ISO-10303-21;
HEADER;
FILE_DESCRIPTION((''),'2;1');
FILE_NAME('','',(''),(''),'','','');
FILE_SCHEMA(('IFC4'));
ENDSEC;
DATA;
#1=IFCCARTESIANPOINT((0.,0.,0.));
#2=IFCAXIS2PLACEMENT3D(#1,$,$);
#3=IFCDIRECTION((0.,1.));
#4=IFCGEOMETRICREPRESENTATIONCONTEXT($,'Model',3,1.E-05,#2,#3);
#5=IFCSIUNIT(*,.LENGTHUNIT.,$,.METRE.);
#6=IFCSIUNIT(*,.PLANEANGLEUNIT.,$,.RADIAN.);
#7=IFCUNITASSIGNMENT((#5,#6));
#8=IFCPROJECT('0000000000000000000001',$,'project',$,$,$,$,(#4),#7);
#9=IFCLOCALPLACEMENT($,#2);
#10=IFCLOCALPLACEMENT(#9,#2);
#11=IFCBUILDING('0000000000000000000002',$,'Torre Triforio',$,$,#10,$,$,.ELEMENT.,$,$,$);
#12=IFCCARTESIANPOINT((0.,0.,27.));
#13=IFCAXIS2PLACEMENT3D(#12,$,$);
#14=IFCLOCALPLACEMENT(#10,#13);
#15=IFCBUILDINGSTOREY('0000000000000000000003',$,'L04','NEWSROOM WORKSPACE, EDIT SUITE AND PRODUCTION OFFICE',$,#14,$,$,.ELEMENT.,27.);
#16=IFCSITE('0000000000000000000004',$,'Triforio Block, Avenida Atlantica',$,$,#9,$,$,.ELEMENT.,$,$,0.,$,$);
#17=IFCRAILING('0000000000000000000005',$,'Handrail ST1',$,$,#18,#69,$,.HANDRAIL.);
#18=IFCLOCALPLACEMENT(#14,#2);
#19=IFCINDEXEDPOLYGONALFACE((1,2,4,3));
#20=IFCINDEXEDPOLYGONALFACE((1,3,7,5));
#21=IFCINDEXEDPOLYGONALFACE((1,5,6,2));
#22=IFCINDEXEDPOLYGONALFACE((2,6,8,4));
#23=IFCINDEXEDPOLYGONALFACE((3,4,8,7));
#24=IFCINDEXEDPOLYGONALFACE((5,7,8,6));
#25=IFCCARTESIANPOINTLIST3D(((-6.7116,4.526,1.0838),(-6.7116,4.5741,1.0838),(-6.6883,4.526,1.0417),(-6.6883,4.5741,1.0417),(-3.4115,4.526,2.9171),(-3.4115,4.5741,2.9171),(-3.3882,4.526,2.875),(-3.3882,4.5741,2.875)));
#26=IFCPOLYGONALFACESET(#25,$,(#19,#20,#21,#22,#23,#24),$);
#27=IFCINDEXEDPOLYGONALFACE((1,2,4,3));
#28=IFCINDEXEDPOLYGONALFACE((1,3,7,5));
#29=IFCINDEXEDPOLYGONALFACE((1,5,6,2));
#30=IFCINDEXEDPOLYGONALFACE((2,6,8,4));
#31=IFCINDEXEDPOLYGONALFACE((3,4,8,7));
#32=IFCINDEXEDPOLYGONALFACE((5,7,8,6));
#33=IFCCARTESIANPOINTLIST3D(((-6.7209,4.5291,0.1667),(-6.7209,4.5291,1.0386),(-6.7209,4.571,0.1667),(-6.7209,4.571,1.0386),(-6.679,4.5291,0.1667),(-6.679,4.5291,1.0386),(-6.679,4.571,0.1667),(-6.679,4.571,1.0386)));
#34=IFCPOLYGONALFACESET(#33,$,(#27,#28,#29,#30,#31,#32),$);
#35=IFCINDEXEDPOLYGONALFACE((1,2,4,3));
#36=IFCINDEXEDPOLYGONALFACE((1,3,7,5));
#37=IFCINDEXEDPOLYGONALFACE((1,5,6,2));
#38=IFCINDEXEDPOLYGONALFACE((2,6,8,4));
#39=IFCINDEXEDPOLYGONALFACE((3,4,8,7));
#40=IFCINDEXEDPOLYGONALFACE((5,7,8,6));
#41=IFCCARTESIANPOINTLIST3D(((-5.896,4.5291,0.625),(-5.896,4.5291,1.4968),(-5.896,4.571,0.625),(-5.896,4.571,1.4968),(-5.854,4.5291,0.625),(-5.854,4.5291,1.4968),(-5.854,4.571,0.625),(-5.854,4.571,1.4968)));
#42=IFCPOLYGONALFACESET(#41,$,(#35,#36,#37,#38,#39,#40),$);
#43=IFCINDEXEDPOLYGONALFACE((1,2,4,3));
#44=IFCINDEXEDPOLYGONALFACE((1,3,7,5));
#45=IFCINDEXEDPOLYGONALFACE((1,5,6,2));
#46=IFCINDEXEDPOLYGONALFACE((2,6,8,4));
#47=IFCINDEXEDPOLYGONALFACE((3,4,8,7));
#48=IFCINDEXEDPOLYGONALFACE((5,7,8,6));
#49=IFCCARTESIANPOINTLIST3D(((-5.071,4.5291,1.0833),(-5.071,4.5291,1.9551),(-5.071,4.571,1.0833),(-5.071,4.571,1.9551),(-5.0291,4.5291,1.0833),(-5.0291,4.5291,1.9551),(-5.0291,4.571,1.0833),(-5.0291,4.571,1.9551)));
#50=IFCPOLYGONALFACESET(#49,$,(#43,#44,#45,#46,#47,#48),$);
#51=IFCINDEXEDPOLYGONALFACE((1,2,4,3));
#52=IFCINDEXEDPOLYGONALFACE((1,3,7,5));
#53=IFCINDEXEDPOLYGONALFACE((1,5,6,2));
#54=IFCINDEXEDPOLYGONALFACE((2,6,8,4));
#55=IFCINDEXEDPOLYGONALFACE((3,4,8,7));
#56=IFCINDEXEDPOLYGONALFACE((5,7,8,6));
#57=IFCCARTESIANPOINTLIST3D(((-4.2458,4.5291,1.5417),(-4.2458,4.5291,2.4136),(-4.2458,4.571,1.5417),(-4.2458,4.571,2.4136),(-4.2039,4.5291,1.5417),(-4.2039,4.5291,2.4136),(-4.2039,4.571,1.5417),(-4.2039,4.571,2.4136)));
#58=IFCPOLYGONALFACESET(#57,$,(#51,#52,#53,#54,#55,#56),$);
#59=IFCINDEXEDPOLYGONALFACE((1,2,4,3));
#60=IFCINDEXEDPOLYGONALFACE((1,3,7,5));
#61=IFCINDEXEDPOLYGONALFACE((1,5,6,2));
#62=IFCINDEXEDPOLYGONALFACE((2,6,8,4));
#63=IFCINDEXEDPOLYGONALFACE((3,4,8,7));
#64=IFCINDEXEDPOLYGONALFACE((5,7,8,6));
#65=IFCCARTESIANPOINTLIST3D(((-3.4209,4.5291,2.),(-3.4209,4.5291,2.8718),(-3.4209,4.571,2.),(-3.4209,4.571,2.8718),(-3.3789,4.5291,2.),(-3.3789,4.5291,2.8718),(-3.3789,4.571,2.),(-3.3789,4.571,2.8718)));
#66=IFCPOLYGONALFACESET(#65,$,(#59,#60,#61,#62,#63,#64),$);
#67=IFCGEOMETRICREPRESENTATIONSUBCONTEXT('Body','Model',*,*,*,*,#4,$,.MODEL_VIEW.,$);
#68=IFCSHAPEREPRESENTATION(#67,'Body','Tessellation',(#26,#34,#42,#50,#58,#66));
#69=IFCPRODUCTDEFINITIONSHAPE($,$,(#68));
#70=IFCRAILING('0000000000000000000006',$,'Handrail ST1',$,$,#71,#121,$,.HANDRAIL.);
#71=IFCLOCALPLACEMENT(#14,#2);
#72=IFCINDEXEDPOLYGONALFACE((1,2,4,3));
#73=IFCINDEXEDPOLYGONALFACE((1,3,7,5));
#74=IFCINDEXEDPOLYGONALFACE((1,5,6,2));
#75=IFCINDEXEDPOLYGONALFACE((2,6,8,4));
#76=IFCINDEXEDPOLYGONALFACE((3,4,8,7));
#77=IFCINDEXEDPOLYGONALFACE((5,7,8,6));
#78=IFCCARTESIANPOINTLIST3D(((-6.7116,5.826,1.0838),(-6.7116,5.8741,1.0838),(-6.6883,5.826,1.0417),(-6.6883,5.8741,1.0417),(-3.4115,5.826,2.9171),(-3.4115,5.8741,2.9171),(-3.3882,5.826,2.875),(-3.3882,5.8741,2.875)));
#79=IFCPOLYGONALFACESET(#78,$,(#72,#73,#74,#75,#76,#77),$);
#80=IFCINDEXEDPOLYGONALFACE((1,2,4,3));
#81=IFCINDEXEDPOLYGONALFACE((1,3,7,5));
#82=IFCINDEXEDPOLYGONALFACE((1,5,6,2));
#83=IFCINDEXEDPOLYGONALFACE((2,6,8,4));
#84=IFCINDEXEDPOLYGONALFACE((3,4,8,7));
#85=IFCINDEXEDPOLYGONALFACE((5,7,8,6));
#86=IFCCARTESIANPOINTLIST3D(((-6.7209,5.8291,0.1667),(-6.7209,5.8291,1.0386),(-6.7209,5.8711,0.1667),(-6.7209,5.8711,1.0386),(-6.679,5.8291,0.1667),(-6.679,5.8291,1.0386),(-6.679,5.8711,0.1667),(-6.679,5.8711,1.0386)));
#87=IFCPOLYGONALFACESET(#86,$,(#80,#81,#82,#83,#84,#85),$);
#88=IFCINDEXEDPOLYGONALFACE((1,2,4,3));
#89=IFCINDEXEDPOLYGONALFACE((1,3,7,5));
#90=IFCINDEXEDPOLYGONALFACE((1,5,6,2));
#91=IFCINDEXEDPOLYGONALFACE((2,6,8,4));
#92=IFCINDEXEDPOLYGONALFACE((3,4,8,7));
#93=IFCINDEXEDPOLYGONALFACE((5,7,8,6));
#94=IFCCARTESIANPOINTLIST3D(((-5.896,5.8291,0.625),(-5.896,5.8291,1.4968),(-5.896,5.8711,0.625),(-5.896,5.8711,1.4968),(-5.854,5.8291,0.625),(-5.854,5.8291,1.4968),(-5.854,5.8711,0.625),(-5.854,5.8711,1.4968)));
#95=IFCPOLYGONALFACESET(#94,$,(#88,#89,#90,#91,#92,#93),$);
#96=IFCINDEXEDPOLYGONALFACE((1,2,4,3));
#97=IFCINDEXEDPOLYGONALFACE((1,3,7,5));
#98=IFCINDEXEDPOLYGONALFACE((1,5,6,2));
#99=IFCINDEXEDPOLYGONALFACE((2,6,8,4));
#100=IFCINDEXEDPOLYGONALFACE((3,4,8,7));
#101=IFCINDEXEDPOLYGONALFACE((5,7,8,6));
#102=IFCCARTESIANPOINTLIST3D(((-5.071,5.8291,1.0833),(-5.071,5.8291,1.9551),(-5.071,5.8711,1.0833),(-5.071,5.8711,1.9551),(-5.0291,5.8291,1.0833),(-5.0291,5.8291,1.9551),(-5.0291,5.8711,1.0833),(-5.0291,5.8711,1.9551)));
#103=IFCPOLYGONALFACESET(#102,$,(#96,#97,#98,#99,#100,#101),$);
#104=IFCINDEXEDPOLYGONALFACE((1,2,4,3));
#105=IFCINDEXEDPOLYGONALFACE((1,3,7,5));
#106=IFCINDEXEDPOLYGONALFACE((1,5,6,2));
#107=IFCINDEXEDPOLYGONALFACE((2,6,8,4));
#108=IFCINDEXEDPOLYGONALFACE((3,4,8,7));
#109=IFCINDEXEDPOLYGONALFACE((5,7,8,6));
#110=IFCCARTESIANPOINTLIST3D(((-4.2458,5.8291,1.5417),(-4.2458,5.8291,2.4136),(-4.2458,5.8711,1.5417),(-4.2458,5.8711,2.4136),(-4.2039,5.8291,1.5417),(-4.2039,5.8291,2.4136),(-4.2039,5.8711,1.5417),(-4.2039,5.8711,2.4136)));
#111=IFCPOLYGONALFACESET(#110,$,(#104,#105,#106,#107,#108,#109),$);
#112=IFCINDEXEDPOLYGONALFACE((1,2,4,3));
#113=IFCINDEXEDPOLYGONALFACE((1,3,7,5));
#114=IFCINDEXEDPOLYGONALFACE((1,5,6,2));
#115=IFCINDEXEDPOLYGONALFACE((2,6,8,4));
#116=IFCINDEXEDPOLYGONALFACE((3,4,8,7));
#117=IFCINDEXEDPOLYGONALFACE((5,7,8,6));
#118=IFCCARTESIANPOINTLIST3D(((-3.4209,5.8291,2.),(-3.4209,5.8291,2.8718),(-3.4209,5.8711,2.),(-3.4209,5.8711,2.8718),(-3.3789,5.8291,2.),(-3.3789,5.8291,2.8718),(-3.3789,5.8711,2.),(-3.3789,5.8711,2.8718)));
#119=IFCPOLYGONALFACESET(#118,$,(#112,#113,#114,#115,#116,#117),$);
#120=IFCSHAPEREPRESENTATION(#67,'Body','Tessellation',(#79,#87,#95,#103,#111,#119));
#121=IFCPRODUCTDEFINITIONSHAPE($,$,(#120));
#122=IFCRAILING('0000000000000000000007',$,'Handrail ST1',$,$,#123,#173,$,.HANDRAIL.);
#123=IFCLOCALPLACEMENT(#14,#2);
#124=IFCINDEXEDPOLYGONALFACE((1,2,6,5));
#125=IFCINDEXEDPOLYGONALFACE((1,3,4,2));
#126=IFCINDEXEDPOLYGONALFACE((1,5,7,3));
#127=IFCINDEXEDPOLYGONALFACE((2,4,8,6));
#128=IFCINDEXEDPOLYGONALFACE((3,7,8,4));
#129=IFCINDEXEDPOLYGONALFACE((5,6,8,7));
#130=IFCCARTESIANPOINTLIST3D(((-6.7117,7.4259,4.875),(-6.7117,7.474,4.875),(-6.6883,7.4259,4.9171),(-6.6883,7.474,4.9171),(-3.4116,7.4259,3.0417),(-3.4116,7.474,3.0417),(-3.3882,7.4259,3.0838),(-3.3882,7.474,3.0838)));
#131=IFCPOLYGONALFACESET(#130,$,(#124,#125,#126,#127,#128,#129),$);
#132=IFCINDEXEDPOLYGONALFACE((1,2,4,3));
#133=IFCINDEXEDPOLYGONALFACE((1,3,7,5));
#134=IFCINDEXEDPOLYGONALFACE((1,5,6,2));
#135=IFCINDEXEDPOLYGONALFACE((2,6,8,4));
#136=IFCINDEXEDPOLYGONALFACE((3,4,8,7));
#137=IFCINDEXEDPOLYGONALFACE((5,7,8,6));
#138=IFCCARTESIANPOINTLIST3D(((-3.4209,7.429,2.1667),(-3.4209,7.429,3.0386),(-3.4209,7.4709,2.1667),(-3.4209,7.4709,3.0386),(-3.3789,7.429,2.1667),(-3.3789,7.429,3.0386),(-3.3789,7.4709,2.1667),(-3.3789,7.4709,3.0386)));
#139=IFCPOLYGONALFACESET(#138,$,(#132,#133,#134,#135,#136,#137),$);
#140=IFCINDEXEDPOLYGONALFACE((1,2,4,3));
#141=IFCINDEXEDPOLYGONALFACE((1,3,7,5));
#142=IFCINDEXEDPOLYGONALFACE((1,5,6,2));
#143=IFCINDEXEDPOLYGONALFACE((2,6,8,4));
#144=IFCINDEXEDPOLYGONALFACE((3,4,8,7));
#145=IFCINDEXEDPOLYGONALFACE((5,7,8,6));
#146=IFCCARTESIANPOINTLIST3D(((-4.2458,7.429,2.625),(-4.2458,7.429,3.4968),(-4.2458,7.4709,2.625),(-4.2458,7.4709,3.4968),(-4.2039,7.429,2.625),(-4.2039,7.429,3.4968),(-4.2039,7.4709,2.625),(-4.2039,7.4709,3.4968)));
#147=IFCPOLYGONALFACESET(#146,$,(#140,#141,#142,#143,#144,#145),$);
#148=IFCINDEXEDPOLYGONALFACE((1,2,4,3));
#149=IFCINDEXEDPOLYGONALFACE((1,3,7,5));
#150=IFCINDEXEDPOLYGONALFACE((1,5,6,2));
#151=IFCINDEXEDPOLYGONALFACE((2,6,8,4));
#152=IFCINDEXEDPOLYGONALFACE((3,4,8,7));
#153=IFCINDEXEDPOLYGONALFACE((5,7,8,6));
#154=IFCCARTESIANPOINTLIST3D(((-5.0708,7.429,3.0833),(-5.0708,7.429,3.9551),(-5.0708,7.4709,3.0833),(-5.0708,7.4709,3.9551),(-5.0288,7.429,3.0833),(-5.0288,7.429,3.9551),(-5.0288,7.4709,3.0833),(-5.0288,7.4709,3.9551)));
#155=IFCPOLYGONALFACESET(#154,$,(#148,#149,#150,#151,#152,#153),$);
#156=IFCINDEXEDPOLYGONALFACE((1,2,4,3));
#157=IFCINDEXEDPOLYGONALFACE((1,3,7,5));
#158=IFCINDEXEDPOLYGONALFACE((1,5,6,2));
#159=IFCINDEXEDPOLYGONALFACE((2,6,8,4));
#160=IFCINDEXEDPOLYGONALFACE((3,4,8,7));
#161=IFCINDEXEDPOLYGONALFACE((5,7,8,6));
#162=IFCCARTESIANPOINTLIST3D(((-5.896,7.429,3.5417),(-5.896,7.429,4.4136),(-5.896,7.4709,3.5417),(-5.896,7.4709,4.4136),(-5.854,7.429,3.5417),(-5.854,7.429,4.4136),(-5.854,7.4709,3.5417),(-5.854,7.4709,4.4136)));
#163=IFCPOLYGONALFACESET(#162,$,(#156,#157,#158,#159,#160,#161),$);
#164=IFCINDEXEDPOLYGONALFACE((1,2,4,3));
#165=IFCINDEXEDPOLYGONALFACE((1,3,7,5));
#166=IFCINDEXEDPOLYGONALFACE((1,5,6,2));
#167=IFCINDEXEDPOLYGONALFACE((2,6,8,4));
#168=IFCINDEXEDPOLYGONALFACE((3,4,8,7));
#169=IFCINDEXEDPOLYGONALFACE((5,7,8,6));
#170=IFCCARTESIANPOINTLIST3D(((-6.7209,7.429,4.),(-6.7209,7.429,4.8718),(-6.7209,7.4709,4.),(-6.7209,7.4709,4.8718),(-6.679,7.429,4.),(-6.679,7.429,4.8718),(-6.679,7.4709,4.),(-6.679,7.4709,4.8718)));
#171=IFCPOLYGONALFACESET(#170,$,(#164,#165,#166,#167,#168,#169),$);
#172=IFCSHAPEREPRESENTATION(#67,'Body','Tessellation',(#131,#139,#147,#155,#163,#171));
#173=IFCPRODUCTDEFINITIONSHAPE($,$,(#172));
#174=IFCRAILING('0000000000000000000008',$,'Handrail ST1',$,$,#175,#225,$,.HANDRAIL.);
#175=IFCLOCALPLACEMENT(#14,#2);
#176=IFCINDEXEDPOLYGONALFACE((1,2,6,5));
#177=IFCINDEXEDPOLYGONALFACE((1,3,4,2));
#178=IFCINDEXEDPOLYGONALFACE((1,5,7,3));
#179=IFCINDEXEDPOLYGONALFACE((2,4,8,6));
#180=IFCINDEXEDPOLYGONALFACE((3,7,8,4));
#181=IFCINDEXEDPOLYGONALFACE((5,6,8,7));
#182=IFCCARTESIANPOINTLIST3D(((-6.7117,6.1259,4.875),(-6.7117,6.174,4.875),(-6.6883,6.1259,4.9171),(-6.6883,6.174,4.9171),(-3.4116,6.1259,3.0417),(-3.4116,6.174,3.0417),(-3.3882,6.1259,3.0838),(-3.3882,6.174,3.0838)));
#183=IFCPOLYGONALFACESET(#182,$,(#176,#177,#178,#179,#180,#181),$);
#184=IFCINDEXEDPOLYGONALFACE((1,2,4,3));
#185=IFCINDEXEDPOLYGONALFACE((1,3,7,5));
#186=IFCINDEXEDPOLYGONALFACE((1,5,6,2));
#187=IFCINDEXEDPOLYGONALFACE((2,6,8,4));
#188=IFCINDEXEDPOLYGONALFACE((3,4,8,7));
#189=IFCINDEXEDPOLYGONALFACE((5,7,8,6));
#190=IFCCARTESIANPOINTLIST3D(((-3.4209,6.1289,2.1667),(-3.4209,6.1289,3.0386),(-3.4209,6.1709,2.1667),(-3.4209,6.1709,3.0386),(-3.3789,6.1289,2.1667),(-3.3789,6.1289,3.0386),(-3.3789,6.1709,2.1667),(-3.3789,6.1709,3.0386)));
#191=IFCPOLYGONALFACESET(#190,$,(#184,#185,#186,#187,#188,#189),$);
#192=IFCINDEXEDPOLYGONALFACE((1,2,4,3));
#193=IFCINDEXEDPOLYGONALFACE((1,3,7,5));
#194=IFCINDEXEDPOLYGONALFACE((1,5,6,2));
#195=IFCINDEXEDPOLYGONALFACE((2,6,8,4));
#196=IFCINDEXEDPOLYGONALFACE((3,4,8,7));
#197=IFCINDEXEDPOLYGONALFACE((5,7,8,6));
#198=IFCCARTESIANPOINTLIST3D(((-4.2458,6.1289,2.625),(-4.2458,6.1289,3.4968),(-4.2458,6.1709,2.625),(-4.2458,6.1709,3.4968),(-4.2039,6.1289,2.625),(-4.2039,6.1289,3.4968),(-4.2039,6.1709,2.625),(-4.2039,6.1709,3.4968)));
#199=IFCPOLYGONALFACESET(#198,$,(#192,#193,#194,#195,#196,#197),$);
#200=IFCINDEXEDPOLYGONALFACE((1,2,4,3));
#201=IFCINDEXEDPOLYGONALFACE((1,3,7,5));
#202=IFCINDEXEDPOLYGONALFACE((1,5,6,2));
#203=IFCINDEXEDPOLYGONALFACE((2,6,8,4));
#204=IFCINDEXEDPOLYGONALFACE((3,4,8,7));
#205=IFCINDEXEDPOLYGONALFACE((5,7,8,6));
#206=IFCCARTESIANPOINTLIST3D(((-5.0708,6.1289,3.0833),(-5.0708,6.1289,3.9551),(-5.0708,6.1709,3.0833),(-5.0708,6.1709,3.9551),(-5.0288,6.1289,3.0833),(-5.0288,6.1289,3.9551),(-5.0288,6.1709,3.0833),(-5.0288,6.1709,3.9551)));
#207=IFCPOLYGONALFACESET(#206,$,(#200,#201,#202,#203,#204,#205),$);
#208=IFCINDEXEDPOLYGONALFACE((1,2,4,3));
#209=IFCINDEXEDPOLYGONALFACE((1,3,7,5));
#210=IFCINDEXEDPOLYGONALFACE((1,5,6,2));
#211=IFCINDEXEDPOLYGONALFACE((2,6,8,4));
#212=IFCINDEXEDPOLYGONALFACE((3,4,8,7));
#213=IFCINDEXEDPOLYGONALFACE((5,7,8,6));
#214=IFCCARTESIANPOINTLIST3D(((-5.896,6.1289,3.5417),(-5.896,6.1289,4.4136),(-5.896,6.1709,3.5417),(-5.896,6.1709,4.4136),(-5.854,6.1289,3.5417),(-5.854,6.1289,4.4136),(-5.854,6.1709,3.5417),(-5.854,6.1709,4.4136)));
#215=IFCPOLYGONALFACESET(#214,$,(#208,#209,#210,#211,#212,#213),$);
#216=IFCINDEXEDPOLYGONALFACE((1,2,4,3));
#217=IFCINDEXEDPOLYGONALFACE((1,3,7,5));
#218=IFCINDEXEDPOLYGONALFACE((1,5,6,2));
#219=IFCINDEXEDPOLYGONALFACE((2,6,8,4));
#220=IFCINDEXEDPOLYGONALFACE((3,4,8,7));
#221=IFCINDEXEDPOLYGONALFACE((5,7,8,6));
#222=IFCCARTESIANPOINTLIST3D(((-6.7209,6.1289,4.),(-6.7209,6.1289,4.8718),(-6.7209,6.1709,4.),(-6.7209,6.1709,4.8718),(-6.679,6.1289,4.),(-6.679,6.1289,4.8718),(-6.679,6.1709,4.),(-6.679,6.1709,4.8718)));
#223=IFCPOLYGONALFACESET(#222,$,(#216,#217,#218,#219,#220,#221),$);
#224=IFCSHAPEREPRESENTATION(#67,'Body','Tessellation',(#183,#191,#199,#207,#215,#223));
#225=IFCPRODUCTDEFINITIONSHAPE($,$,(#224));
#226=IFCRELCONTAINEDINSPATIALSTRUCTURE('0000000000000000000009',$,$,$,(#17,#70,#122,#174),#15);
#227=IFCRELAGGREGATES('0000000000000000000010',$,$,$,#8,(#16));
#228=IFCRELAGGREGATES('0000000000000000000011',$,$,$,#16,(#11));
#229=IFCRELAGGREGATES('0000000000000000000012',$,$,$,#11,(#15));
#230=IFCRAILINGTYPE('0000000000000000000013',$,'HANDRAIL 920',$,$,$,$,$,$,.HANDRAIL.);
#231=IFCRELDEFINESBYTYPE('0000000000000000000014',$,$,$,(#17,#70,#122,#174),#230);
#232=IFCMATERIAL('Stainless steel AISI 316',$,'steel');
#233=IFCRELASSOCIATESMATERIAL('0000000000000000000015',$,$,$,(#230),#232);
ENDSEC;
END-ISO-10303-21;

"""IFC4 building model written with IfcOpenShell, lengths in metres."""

from ifc_helpers import new_model, si_unit, direction, frame, origin, origin_2d, place, context, subcontext, project, spatial, rectangle, extrude, material, type_object, element, save


model = new_model("IFC4")

# Units and contexts
model_context = context("Model", 3, precision=1e-05, world=origin(), true_north=direction((0.0, 1.0)))
body_context = subcontext(model_context, "Body", "Model", "MODEL_VIEW")
ifc_project = project(units=[si_unit("LENGTHUNIT", "METRE"), si_unit("PLANEANGLEUNIT", "RADIAN")], contexts=[model_context])

# Site, building, storey
site_placement = place(None, origin())
site = spatial("IfcSite", under=ifc_project, at=site_placement, Name="Triforio Block, Avenida Atlantica", CompositionType="ELEMENT", RefElevation=0.0)
building_placement = place(site_placement, origin())
building = spatial("IfcBuilding", under=site, at=building_placement, Name="Torre Triforio", CompositionType="ELEMENT")
storey_placement = place(building_placement, frame((0.0, 0.0, 27.0)))
storey = spatial("IfcBuildingStorey", under=building, at=storey_placement, Name="L04", Description="NEWSROOM WORKSPACE, EDIT SUITE AND PRODUCTION OFFICE", CompositionType="ELEMENT", Elevation=27.0)

# Railings
ifc_material_1 = material(Name="Stainless steel AISI 316", Category="steel")
railing_type = type_object("IfcRailingType", Name="HANDRAIL 920", PredefinedType="HANDRAIL", material=ifc_material_1)
for number, where, name in (
    (1, (-6.7, 4.55, 0.1667), "Handrail ST1"),
    (2, (-6.7, 5.8501, 0.1667), "Handrail ST1"),
):
    element("IfcRailing", number, at=place(storey_placement, frame(where)), inside=storey, type_object=railing_type, Name=name, PredefinedType="HANDRAIL", context=body_context, shape_type="SweptSolid", body=[
        extrude(rectangle(XDim=0.0481, YDim=0.0481, at=origin_2d()), frame((0.0, 0.0, 0.896), z_axis=(0.874169, 0.0, 0.485621), x_axis=(0.0, 1.0, 0.0)), (0.0, 0.0, 1.0), 3.7751),
        extrude(rectangle(XDim=0.042, YDim=0.042, at=origin_2d()), origin(), (0.0, 0.0, 1.0), 0.8718),
        extrude(rectangle(XDim=0.042, YDim=0.042, at=origin_2d()), frame((0.825, 0.0, 0.4583)), (0.0, 0.0, 1.0), 0.8718),
        extrude(rectangle(XDim=0.042, YDim=0.042, at=origin_2d()), frame((1.6499, 0.0, 0.9165)), (0.0, 0.0, 1.0), 0.8718),
        extrude(rectangle(XDim=0.042, YDim=0.042, at=origin_2d()), frame((2.4751, 0.0, 1.375)), (0.0, 0.0, 1.0), 0.8718),
        extrude(rectangle(XDim=0.042, YDim=0.042, at=origin_2d()), frame((3.3, 0.0, 1.8333)), (0.0, 0.0, 1.0), 0.8718),
    ])
for number, where, name in (
    (3, (-3.3999, 7.45, 2.1667), "Handrail ST1"),
    (4, (-3.3999, 6.1499, 2.1667), "Handrail ST1"),
):
    element("IfcRailing", number, at=place(storey_placement, frame(where)), inside=storey, type_object=railing_type, Name=name, PredefinedType="HANDRAIL", context=body_context, shape_type="SweptSolid", body=[
        extrude(rectangle(XDim=0.0481, YDim=0.0481, at=origin_2d()), frame((0.0, 0.0, 0.896), z_axis=(-0.874169, 0.0, 0.485621), x_axis=(0.0, -1.0, 0.0)), (0.0, 0.0, 1.0), 3.7751),
        extrude(rectangle(XDim=0.042, YDim=0.042, at=origin_2d()), origin(), (0.0, 0.0, 1.0), 0.8718),
        extrude(rectangle(XDim=0.042, YDim=0.042, at=origin_2d()), frame((-0.825, 0.0, 0.4583)), (0.0, 0.0, 1.0), 0.8718),
        extrude(rectangle(XDim=0.042, YDim=0.042, at=origin_2d()), frame((-1.6499, 0.0, 0.9165)), (0.0, 0.0, 1.0), 0.8718),
        extrude(rectangle(XDim=0.042, YDim=0.042, at=origin_2d()), frame((-2.4751, 0.0, 1.375)), (0.0, 0.0, 1.0), 0.8718),
        extrude(rectangle(XDim=0.042, YDim=0.042, at=origin_2d()), frame((-3.3, 0.0, 1.8333)), (0.0, 0.0, 1.0), 0.8718),
    ])

save(model, "model.ifc")
